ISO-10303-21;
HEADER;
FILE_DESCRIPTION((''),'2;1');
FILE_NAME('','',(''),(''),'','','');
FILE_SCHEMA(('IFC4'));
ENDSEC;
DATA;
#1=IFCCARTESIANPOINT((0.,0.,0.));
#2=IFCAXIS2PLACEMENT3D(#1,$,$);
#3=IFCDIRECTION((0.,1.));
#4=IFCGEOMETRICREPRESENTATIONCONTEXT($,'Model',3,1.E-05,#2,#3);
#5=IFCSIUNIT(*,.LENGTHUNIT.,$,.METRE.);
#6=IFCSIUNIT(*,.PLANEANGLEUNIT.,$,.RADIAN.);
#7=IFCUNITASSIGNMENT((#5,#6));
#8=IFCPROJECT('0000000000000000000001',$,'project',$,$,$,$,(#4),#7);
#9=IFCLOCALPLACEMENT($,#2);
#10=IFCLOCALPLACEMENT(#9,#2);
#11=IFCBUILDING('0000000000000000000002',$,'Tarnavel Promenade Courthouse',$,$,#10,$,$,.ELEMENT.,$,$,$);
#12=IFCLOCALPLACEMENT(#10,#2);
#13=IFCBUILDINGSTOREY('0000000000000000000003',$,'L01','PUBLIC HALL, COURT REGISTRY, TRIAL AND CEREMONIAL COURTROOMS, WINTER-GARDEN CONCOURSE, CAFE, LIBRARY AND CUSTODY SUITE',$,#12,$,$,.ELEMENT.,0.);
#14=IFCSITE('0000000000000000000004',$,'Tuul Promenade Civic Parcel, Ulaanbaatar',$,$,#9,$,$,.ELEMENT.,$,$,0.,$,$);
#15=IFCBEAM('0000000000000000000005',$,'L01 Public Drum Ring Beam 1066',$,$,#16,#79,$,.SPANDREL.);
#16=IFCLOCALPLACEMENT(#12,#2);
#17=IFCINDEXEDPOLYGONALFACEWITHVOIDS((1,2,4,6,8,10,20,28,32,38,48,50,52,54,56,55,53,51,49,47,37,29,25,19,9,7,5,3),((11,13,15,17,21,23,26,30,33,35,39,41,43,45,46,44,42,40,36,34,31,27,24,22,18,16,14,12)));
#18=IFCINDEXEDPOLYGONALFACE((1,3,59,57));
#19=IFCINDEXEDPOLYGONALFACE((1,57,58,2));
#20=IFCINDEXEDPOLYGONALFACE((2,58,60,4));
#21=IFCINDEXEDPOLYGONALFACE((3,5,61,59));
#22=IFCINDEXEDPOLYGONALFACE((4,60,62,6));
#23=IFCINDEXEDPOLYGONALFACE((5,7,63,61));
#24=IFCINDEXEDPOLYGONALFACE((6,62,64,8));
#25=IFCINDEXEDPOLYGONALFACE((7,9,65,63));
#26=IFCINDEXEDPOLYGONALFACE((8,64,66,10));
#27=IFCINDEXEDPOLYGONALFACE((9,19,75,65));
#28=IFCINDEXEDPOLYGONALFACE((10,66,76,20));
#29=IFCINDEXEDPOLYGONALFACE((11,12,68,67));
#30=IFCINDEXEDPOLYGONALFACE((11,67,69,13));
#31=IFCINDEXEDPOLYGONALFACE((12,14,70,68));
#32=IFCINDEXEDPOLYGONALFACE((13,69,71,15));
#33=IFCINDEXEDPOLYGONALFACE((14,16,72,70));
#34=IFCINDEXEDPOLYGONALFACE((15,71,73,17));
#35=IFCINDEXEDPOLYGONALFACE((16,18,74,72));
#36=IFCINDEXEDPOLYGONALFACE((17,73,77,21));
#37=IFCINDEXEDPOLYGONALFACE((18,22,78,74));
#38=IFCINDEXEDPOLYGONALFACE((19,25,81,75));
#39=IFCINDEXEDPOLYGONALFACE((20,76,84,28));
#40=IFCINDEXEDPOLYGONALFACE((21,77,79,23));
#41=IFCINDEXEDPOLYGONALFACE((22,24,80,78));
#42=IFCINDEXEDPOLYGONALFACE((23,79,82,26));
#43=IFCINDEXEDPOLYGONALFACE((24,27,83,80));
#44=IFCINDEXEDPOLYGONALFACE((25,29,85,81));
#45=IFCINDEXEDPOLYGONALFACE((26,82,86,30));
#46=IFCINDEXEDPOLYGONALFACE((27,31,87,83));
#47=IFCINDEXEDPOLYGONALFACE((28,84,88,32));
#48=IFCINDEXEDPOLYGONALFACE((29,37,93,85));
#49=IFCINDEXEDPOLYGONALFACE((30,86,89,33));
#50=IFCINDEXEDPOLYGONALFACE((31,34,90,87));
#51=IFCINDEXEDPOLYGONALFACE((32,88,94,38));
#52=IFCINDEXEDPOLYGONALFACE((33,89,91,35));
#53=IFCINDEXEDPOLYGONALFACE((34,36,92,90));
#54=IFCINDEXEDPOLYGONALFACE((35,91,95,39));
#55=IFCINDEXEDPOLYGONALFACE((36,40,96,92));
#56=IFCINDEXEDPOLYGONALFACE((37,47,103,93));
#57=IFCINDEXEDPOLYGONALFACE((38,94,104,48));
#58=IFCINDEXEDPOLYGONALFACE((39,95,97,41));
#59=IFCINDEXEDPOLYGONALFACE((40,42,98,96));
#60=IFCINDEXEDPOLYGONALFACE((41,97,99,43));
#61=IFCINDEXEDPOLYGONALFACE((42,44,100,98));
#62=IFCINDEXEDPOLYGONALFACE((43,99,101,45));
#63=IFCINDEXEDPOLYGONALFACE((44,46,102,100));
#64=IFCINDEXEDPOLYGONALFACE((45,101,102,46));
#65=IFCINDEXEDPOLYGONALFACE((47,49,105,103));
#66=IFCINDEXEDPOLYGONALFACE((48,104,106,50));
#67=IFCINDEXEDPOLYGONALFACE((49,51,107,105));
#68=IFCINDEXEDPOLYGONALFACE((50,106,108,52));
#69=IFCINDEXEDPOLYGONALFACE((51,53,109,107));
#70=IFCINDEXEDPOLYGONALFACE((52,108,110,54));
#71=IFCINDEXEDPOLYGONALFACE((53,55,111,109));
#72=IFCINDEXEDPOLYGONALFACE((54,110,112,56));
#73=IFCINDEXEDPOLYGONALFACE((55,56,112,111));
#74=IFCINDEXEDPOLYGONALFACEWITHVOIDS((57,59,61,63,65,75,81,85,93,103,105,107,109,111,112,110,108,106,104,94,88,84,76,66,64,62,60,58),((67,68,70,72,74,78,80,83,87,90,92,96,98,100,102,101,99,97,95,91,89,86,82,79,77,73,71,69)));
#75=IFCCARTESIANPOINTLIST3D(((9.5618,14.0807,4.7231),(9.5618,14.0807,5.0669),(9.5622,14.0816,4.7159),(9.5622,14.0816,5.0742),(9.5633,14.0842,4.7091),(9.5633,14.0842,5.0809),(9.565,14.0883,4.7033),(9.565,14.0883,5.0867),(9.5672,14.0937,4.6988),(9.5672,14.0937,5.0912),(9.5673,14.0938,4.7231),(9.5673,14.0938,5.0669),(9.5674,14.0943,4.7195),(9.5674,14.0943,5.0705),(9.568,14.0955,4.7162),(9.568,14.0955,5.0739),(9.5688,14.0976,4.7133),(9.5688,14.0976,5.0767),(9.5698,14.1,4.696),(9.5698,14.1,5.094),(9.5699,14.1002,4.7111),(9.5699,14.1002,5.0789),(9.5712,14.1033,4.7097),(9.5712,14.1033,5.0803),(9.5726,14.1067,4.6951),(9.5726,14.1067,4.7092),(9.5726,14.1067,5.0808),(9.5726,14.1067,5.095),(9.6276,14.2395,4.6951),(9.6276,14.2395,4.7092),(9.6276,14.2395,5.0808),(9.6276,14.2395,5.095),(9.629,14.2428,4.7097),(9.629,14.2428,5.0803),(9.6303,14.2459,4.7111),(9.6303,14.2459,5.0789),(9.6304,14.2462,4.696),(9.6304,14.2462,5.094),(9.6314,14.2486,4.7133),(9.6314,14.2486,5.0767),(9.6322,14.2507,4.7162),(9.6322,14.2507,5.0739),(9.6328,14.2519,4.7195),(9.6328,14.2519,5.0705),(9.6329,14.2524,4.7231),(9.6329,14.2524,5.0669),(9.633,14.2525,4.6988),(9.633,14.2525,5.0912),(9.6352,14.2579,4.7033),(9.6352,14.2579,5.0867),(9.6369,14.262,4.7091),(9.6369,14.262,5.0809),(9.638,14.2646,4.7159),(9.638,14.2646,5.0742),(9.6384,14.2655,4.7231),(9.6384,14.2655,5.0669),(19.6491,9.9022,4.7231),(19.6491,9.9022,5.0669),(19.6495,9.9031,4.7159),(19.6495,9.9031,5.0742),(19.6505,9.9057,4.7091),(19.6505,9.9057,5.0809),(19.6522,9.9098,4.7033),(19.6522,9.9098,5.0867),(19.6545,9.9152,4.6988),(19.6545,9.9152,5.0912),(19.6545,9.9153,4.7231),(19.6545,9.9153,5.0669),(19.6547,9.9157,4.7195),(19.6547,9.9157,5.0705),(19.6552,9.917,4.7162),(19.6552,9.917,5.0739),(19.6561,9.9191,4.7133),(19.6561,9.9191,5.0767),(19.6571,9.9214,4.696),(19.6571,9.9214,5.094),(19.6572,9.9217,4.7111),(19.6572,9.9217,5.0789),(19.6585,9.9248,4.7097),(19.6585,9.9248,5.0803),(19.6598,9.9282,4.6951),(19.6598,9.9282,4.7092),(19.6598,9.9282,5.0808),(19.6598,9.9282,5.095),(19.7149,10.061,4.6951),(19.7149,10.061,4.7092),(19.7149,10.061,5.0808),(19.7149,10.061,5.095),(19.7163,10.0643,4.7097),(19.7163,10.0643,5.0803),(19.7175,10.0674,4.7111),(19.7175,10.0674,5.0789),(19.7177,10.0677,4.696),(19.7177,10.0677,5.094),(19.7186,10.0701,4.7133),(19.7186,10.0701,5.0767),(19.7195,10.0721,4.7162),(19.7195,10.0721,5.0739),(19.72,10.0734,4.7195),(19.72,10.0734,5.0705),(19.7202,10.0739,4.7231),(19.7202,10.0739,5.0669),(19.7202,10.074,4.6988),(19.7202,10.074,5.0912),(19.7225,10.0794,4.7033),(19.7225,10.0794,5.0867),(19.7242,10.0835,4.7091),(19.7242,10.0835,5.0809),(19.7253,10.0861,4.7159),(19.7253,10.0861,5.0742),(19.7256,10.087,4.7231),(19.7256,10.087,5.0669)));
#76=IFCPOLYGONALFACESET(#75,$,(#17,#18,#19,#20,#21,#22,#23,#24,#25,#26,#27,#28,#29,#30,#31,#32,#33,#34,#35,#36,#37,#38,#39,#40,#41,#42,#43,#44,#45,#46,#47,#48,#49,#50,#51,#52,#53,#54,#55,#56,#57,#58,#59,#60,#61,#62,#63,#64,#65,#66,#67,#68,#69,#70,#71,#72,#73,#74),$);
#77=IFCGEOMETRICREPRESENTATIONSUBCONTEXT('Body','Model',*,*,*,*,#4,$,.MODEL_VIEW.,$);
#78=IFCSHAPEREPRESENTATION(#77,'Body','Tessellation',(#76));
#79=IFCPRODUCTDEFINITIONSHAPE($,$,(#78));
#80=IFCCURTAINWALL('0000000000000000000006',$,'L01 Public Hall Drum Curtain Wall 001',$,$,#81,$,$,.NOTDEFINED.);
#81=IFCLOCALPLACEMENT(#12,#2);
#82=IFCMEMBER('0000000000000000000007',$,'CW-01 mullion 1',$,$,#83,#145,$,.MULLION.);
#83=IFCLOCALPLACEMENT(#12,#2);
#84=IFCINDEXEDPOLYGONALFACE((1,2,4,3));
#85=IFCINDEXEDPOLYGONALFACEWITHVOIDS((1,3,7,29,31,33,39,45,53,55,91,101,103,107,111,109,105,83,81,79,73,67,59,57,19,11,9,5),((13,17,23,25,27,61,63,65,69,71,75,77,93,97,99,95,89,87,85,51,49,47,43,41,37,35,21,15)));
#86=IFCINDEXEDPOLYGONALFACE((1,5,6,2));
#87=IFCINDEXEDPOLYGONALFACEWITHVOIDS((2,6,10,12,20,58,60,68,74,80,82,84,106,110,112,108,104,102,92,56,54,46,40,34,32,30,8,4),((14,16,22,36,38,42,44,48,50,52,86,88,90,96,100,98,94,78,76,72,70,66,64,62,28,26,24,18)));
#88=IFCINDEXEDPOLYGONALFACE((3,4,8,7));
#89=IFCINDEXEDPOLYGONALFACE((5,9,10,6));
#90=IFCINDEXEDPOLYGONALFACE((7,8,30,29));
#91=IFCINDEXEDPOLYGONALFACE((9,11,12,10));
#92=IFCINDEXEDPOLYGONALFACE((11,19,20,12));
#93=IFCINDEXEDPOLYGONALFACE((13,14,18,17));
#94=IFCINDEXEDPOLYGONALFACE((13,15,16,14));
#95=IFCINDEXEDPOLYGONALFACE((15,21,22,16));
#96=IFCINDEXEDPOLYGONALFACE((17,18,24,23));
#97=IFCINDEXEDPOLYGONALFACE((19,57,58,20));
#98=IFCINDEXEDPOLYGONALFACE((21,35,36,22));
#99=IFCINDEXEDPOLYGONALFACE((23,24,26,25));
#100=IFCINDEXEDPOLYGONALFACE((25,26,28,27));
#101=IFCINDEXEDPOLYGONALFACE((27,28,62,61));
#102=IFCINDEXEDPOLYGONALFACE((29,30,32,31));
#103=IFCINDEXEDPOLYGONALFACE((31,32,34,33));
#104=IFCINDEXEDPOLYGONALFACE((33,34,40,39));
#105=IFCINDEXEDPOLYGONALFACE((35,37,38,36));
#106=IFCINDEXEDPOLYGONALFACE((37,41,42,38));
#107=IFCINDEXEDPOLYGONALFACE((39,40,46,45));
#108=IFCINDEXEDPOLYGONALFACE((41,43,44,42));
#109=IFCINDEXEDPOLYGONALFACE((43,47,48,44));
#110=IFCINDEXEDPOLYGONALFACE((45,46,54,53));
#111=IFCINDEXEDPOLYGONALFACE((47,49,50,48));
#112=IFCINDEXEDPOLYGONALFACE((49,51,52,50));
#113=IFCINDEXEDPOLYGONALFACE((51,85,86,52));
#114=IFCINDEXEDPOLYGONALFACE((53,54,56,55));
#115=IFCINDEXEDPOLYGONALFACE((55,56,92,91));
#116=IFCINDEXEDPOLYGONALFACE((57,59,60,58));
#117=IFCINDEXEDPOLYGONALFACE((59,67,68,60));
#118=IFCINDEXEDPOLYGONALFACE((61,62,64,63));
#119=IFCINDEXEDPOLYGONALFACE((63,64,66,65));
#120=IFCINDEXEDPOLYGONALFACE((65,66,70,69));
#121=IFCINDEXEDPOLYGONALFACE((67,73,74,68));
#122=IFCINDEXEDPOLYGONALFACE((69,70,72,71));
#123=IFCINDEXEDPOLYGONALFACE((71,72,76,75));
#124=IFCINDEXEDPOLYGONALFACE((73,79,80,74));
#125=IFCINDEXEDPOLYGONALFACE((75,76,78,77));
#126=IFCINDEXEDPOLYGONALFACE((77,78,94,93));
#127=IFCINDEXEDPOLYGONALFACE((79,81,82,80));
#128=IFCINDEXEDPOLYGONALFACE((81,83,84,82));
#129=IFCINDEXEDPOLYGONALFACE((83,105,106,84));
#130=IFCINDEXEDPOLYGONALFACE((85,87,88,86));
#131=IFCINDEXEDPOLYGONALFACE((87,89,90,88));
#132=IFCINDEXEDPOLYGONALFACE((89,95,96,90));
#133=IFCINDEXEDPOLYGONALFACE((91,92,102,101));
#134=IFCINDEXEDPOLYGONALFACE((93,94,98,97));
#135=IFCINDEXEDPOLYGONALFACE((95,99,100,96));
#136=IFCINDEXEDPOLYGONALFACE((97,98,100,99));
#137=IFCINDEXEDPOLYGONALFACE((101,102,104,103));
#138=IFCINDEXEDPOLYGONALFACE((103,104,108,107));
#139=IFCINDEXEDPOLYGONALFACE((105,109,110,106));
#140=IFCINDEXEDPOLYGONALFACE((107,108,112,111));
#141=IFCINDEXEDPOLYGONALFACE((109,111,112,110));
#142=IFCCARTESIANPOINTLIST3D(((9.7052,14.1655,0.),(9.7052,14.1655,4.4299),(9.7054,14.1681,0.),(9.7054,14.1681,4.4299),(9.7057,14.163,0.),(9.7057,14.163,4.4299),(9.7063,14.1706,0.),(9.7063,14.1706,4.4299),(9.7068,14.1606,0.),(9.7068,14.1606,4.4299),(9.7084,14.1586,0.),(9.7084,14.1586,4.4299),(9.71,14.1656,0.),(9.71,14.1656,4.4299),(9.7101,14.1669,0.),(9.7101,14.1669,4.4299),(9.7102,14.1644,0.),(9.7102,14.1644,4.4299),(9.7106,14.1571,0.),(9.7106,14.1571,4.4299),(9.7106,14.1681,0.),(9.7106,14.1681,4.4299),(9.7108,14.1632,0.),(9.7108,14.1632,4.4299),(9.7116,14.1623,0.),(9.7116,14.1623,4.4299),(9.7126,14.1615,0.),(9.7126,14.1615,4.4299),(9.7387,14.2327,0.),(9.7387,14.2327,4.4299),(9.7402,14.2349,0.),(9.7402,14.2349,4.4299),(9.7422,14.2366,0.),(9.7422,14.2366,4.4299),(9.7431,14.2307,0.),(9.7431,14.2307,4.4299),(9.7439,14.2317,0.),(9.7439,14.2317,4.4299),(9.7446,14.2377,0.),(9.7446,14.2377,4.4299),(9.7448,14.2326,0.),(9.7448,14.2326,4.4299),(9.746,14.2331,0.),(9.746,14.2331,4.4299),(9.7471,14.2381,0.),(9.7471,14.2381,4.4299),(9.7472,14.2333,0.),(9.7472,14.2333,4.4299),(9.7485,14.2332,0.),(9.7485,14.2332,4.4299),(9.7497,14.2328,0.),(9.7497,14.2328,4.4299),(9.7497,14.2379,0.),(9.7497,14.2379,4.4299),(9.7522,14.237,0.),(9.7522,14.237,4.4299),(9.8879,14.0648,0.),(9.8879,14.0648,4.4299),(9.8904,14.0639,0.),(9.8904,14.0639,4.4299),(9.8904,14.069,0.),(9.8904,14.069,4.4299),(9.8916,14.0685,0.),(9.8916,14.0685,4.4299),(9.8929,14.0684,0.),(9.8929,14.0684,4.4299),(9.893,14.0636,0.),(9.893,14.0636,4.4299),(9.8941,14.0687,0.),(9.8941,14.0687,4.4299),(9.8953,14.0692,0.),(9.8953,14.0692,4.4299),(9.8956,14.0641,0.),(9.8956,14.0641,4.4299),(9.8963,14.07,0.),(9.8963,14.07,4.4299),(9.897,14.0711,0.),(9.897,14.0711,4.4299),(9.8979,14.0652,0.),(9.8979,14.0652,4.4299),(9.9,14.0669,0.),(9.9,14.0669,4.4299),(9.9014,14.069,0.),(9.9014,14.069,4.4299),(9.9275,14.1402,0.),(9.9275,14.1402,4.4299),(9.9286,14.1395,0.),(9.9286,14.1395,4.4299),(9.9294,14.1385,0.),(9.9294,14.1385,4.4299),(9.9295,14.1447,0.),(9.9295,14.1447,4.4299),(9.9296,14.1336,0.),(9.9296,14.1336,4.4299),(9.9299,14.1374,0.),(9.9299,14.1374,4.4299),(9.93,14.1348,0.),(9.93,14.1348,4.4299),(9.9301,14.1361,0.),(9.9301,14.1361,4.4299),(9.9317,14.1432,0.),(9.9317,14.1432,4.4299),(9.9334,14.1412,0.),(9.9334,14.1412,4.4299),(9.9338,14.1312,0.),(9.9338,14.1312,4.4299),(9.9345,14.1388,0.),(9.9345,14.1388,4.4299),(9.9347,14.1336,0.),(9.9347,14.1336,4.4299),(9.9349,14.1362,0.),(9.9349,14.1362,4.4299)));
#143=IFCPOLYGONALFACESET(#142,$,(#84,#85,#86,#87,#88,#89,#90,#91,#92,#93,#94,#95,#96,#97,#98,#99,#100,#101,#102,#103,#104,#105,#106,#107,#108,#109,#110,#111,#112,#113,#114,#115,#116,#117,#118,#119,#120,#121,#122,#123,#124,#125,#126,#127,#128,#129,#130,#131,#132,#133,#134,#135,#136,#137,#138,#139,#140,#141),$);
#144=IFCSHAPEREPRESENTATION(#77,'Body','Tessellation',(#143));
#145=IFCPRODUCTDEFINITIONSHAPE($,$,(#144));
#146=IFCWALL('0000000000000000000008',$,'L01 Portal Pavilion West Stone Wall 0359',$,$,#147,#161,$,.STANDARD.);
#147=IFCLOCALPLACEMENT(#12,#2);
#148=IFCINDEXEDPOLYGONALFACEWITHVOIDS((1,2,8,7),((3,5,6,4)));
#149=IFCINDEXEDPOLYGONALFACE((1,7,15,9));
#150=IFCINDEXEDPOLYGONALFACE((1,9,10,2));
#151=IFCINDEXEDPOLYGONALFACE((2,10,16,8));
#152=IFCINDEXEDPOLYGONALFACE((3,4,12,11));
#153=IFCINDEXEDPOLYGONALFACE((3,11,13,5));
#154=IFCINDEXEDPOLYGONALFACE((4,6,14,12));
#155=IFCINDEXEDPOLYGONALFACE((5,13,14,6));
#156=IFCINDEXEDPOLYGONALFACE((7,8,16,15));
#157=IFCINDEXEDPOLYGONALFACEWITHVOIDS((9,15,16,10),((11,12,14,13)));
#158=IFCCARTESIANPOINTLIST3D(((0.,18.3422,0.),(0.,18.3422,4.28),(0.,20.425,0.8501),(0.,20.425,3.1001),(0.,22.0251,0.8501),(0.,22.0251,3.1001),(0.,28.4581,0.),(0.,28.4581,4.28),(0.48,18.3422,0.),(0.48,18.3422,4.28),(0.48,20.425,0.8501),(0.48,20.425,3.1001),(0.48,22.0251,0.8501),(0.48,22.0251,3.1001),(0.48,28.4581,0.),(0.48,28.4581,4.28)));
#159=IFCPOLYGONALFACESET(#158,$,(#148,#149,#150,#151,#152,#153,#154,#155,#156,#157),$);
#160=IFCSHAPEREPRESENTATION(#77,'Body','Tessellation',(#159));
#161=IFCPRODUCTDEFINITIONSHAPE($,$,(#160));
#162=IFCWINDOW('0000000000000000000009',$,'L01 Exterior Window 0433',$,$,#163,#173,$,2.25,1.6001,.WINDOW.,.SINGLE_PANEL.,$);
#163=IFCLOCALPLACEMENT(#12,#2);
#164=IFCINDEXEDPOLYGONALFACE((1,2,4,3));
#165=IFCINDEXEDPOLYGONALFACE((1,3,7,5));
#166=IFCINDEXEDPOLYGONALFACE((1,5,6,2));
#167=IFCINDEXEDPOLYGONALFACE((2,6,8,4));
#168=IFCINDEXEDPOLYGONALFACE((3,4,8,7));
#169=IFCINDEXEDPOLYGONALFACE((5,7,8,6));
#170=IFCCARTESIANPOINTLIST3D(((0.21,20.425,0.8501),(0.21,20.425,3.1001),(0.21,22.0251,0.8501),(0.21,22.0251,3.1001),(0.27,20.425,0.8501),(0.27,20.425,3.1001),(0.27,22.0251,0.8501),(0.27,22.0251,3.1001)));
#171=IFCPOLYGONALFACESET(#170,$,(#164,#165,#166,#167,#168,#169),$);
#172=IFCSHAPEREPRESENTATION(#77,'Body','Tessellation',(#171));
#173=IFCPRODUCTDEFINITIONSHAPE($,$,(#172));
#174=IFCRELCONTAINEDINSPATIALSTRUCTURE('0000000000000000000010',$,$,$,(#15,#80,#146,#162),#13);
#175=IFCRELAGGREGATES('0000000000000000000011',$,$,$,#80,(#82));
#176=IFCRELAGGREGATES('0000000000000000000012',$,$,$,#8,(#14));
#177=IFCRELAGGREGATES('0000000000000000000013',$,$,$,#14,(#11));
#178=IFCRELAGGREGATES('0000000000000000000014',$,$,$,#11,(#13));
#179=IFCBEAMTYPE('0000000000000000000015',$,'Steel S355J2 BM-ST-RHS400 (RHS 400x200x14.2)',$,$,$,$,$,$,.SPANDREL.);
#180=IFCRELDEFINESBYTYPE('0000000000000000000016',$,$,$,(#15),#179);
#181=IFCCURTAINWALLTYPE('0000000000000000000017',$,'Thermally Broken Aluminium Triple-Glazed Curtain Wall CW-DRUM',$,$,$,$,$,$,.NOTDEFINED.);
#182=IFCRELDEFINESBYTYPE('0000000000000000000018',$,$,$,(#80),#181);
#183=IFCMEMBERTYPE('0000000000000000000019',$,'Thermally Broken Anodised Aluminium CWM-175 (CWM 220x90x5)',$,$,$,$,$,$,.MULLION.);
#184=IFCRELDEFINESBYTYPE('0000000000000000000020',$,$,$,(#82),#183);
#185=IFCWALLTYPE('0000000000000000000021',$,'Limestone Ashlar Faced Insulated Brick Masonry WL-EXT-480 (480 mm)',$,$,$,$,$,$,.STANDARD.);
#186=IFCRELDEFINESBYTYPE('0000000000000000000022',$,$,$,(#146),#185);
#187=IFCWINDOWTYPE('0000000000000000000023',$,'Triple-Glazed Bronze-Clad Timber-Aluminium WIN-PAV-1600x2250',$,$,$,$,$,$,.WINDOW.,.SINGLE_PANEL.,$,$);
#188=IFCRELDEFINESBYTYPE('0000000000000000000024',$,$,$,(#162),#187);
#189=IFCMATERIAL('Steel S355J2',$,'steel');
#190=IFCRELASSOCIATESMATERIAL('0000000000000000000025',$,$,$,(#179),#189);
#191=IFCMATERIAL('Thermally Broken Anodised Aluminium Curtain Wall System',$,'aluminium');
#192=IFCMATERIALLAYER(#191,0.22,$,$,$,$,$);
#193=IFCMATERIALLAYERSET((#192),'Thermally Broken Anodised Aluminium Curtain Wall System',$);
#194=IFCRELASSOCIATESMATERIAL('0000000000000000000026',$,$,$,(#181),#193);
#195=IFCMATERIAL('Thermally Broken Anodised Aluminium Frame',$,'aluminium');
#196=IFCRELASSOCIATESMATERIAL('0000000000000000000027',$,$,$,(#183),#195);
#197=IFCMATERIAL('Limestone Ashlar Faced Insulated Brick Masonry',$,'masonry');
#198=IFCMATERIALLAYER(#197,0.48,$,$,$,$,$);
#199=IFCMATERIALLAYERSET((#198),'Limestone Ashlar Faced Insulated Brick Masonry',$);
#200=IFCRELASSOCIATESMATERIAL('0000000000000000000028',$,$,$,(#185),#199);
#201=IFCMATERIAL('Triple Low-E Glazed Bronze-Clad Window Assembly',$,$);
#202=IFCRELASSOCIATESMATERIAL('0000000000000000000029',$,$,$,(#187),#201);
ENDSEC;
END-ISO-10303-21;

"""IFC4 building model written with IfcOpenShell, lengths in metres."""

from ifc_helpers import new_model, si_unit, direction, frame, frame_2d, origin, origin_2d, place, context, subcontext, project, spatial, rectangle, hollow_rectangle, extrude, material, layer, layer_set, material_profile, profile_set, type_object, element, fill, aggregate, save


model = new_model("IFC4")

# Units and contexts
model_context = context("Model", 3, precision=1e-05, world=origin(), true_north=direction((0.0, 1.0)))
body_context = subcontext(model_context, "Body", "Model", "MODEL_VIEW")
ifc_project = project(units=[si_unit("LENGTHUNIT", "METRE"), si_unit("PLANEANGLEUNIT", "RADIAN")], contexts=[model_context])

# Site, building, storey
site_placement = place(None, origin())
site = spatial("IfcSite", under=ifc_project, at=site_placement, Name="Tuul Promenade Civic Parcel, Ulaanbaatar", CompositionType="ELEMENT", RefElevation=0.0)
building_placement = place(site_placement, origin())
building = spatial("IfcBuilding", under=site, at=building_placement, Name="Tarnavel Promenade Courthouse", CompositionType="ELEMENT")
storey_placement = place(building_placement, origin())
storey = spatial("IfcBuildingStorey", under=building, at=storey_placement, Name="L01", Description="PUBLIC HALL, COURT REGISTRY, TRIAL AND CEREMONIAL COURTROOMS, WINTER-GARDEN CONCOURSE, CAFE, LIBRARY AND CUSTODY SUITE", CompositionType="ELEMENT", Elevation=0.0)

# Beam
ifc_material_1 = material(Name="Steel S355J2", Category="steel")
ifc_material_profile_1 = material_profile(ifc_material_1, hollow_rectangle(XDim=0.2, YDim=0.3999, WallThickness=0.0142, InnerFilletRadius=0.0139, OuterFilletRadius=0.0281, at=origin_2d()), Name="RHS 400x200x14.2")
ifc_profile_set_1 = profile_set([ifc_material_profile_1], Name="Steel S355J2")
beam_type_1 = type_object("IfcBeamType", Name="Steel S355J2 BM-ST-RHS400 (RHS 400x200x14.2)", PredefinedType="SPANDREL", material=ifc_profile_set_1)
beam_1_placement = place(storey_placement, frame((9.6001, 14.1731, 4.895), z_axis=(0.923872, -0.382701, 0.0), x_axis=(0.382701, 0.923872, 0.0)))
element("IfcBeam", 1, at=beam_1_placement, inside=storey, type_object=beam_type_1, Name="L01 Public Drum Ring Beam 1066", PredefinedType="SPANDREL", context=body_context, shape_type="SweptSolid", body=[
    extrude(hollow_rectangle(XDim=0.2, YDim=0.3999, WallThickness=0.0142, InnerFilletRadius=0.0139, OuterFilletRadius=0.0281, at=origin_2d()), origin(), (0.0, 0.0, 1.0), 10.9185),
])

# Curtain wall, member
ifc_material_2 = material(Name="Thermally Broken Anodised Aluminium Curtain Wall System", Category="aluminium")
ifc_layer_1 = layer(ifc_material_2, 0.22)
ifc_layer_set_1 = layer_set([ifc_layer_1], Name="Thermally Broken Anodised Aluminium Curtain Wall System")
curtain_wall_type = type_object("IfcCurtainWallType", Name="Thermally Broken Aluminium Triple-Glazed Curtain Wall CW-DRUM", PredefinedType="NOTDEFINED", material=ifc_layer_set_1)
curtain_wall_placement = place(storey_placement, origin())
curtain_wall = element("IfcCurtainWall", 2, at=curtain_wall_placement, inside=storey, type_object=curtain_wall_type, Name="L01 Public Hall Drum Curtain Wall 001", PredefinedType="NOTDEFINED")
ifc_material_3 = material(Name="Thermally Broken Anodised Aluminium Frame", Category="aluminium")
ifc_material_profile_2 = material_profile(ifc_material_3, hollow_rectangle(XDim=0.0901, YDim=0.22, WallThickness=0.0049, InnerFilletRadius=0.0049, OuterFilletRadius=0.01, at=origin_2d()), Name="CWM 220x90x5")
ifc_profile_set_2 = profile_set([ifc_material_profile_2], Name="Thermally Broken Anodised Aluminium Frame")
member_type = type_object("IfcMemberType", Name="Thermally Broken Anodised Aluminium CWM-175 (CWM 220x90x5)", PredefinedType="MULLION", material=ifc_profile_set_2)
member_placement = place(storey_placement, frame((9.8201, 14.1509, 0.0), z_axis=(0.0, 0.0, 1.0), x_axis=(0.461748, 0.887011, 0.0)))
member = element("IfcMember", 3, at=member_placement, type_object=member_type, Name="CW-01 mullion 1", PredefinedType="MULLION", context=body_context, shape_type="SweptSolid", body=[
    extrude(hollow_rectangle(XDim=0.0901, YDim=0.22, WallThickness=0.0049, InnerFilletRadius=0.0049, OuterFilletRadius=0.01, at=origin_2d()), origin(), (0.0, 0.0, 1.0), 4.4299),
])
aggregate(curtain_wall, [member])

# Wall, opening, window
ifc_material_4 = material(Name="Limestone Ashlar Faced Insulated Brick Masonry", Category="masonry")
ifc_layer_2 = layer(ifc_material_4, 0.48)
ifc_layer_set_2 = layer_set([ifc_layer_2], Name="Limestone Ashlar Faced Insulated Brick Masonry")
wall_type_1 = type_object("IfcWallType", Name="Limestone Ashlar Faced Insulated Brick Masonry WL-EXT-480 (480 mm)", PredefinedType="STANDARD", material=ifc_layer_set_2)
wall_1_placement = place(storey_placement, frame((0.24, 18.342, 0.0), z_axis=(0.0, 0.0, 1.0), x_axis=(0.0, 1.0, 0.0)))
wall_1 = element("IfcWall", 4, at=wall_1_placement, inside=storey, type_object=wall_type_1, Name="L01 Portal Pavilion West Stone Wall 0359", PredefinedType="STANDARD", context=body_context, shape_type="SweptSolid", body=[
    extrude(rectangle(XDim=10.116, YDim=0.48, at=frame_2d((5.0581, 0.0))), origin(), (0.0, 0.0, 1.0), 4.28),
])
opening_1_placement = place(wall_1_placement, frame((2.083, 0.0, 0.8501)))
opening_1 = element("IfcOpeningElement", 5, at=opening_1_placement, cuts=wall_1, PredefinedType="OPENING", context=body_context, shape_type="SweptSolid", body=[
    extrude(rectangle(XDim=1.6001, YDim=2.25, at=frame_2d((0.8, 1.125))), frame((0.0, 0.25, 0.0), z_axis=(0.0, -1.0, 0.0), x_axis=(1.0, 0.0, 0.0)), (0.0, 0.0, 1.0), 0.5),
])
ifc_material_5 = material(Name="Triple Low-E Glazed Bronze-Clad Window Assembly")
window_type = type_object("IfcWindowType", Name="Triple-Glazed Bronze-Clad Timber-Aluminium WIN-PAV-1600x2250", PartitioningType="SINGLE_PANEL", PredefinedType="WINDOW", material=ifc_material_5)
window_1_placement = place(opening_1_placement, origin())
window_1 = element("IfcWindow", 6, at=window_1_placement, inside=storey, type_object=window_type, Name="L01 Exterior Window 0433", OverallHeight=2.25, OverallWidth=1.6001, PartitioningType="SINGLE_PANEL", PredefinedType="WINDOW", context=body_context, shape_type="SweptSolid", body=[
    extrude(rectangle(XDim=1.6001, YDim=2.25, at=frame_2d((0.8, 1.125))), frame((0.0, 0.03, 0.0), z_axis=(0.0, -1.0, 0.0), x_axis=(1.0, 0.0, 0.0)), (0.0, 0.0, 1.0), 0.0601),
])
fill(opening_1, window_1)

save(model, "model.ifc")
